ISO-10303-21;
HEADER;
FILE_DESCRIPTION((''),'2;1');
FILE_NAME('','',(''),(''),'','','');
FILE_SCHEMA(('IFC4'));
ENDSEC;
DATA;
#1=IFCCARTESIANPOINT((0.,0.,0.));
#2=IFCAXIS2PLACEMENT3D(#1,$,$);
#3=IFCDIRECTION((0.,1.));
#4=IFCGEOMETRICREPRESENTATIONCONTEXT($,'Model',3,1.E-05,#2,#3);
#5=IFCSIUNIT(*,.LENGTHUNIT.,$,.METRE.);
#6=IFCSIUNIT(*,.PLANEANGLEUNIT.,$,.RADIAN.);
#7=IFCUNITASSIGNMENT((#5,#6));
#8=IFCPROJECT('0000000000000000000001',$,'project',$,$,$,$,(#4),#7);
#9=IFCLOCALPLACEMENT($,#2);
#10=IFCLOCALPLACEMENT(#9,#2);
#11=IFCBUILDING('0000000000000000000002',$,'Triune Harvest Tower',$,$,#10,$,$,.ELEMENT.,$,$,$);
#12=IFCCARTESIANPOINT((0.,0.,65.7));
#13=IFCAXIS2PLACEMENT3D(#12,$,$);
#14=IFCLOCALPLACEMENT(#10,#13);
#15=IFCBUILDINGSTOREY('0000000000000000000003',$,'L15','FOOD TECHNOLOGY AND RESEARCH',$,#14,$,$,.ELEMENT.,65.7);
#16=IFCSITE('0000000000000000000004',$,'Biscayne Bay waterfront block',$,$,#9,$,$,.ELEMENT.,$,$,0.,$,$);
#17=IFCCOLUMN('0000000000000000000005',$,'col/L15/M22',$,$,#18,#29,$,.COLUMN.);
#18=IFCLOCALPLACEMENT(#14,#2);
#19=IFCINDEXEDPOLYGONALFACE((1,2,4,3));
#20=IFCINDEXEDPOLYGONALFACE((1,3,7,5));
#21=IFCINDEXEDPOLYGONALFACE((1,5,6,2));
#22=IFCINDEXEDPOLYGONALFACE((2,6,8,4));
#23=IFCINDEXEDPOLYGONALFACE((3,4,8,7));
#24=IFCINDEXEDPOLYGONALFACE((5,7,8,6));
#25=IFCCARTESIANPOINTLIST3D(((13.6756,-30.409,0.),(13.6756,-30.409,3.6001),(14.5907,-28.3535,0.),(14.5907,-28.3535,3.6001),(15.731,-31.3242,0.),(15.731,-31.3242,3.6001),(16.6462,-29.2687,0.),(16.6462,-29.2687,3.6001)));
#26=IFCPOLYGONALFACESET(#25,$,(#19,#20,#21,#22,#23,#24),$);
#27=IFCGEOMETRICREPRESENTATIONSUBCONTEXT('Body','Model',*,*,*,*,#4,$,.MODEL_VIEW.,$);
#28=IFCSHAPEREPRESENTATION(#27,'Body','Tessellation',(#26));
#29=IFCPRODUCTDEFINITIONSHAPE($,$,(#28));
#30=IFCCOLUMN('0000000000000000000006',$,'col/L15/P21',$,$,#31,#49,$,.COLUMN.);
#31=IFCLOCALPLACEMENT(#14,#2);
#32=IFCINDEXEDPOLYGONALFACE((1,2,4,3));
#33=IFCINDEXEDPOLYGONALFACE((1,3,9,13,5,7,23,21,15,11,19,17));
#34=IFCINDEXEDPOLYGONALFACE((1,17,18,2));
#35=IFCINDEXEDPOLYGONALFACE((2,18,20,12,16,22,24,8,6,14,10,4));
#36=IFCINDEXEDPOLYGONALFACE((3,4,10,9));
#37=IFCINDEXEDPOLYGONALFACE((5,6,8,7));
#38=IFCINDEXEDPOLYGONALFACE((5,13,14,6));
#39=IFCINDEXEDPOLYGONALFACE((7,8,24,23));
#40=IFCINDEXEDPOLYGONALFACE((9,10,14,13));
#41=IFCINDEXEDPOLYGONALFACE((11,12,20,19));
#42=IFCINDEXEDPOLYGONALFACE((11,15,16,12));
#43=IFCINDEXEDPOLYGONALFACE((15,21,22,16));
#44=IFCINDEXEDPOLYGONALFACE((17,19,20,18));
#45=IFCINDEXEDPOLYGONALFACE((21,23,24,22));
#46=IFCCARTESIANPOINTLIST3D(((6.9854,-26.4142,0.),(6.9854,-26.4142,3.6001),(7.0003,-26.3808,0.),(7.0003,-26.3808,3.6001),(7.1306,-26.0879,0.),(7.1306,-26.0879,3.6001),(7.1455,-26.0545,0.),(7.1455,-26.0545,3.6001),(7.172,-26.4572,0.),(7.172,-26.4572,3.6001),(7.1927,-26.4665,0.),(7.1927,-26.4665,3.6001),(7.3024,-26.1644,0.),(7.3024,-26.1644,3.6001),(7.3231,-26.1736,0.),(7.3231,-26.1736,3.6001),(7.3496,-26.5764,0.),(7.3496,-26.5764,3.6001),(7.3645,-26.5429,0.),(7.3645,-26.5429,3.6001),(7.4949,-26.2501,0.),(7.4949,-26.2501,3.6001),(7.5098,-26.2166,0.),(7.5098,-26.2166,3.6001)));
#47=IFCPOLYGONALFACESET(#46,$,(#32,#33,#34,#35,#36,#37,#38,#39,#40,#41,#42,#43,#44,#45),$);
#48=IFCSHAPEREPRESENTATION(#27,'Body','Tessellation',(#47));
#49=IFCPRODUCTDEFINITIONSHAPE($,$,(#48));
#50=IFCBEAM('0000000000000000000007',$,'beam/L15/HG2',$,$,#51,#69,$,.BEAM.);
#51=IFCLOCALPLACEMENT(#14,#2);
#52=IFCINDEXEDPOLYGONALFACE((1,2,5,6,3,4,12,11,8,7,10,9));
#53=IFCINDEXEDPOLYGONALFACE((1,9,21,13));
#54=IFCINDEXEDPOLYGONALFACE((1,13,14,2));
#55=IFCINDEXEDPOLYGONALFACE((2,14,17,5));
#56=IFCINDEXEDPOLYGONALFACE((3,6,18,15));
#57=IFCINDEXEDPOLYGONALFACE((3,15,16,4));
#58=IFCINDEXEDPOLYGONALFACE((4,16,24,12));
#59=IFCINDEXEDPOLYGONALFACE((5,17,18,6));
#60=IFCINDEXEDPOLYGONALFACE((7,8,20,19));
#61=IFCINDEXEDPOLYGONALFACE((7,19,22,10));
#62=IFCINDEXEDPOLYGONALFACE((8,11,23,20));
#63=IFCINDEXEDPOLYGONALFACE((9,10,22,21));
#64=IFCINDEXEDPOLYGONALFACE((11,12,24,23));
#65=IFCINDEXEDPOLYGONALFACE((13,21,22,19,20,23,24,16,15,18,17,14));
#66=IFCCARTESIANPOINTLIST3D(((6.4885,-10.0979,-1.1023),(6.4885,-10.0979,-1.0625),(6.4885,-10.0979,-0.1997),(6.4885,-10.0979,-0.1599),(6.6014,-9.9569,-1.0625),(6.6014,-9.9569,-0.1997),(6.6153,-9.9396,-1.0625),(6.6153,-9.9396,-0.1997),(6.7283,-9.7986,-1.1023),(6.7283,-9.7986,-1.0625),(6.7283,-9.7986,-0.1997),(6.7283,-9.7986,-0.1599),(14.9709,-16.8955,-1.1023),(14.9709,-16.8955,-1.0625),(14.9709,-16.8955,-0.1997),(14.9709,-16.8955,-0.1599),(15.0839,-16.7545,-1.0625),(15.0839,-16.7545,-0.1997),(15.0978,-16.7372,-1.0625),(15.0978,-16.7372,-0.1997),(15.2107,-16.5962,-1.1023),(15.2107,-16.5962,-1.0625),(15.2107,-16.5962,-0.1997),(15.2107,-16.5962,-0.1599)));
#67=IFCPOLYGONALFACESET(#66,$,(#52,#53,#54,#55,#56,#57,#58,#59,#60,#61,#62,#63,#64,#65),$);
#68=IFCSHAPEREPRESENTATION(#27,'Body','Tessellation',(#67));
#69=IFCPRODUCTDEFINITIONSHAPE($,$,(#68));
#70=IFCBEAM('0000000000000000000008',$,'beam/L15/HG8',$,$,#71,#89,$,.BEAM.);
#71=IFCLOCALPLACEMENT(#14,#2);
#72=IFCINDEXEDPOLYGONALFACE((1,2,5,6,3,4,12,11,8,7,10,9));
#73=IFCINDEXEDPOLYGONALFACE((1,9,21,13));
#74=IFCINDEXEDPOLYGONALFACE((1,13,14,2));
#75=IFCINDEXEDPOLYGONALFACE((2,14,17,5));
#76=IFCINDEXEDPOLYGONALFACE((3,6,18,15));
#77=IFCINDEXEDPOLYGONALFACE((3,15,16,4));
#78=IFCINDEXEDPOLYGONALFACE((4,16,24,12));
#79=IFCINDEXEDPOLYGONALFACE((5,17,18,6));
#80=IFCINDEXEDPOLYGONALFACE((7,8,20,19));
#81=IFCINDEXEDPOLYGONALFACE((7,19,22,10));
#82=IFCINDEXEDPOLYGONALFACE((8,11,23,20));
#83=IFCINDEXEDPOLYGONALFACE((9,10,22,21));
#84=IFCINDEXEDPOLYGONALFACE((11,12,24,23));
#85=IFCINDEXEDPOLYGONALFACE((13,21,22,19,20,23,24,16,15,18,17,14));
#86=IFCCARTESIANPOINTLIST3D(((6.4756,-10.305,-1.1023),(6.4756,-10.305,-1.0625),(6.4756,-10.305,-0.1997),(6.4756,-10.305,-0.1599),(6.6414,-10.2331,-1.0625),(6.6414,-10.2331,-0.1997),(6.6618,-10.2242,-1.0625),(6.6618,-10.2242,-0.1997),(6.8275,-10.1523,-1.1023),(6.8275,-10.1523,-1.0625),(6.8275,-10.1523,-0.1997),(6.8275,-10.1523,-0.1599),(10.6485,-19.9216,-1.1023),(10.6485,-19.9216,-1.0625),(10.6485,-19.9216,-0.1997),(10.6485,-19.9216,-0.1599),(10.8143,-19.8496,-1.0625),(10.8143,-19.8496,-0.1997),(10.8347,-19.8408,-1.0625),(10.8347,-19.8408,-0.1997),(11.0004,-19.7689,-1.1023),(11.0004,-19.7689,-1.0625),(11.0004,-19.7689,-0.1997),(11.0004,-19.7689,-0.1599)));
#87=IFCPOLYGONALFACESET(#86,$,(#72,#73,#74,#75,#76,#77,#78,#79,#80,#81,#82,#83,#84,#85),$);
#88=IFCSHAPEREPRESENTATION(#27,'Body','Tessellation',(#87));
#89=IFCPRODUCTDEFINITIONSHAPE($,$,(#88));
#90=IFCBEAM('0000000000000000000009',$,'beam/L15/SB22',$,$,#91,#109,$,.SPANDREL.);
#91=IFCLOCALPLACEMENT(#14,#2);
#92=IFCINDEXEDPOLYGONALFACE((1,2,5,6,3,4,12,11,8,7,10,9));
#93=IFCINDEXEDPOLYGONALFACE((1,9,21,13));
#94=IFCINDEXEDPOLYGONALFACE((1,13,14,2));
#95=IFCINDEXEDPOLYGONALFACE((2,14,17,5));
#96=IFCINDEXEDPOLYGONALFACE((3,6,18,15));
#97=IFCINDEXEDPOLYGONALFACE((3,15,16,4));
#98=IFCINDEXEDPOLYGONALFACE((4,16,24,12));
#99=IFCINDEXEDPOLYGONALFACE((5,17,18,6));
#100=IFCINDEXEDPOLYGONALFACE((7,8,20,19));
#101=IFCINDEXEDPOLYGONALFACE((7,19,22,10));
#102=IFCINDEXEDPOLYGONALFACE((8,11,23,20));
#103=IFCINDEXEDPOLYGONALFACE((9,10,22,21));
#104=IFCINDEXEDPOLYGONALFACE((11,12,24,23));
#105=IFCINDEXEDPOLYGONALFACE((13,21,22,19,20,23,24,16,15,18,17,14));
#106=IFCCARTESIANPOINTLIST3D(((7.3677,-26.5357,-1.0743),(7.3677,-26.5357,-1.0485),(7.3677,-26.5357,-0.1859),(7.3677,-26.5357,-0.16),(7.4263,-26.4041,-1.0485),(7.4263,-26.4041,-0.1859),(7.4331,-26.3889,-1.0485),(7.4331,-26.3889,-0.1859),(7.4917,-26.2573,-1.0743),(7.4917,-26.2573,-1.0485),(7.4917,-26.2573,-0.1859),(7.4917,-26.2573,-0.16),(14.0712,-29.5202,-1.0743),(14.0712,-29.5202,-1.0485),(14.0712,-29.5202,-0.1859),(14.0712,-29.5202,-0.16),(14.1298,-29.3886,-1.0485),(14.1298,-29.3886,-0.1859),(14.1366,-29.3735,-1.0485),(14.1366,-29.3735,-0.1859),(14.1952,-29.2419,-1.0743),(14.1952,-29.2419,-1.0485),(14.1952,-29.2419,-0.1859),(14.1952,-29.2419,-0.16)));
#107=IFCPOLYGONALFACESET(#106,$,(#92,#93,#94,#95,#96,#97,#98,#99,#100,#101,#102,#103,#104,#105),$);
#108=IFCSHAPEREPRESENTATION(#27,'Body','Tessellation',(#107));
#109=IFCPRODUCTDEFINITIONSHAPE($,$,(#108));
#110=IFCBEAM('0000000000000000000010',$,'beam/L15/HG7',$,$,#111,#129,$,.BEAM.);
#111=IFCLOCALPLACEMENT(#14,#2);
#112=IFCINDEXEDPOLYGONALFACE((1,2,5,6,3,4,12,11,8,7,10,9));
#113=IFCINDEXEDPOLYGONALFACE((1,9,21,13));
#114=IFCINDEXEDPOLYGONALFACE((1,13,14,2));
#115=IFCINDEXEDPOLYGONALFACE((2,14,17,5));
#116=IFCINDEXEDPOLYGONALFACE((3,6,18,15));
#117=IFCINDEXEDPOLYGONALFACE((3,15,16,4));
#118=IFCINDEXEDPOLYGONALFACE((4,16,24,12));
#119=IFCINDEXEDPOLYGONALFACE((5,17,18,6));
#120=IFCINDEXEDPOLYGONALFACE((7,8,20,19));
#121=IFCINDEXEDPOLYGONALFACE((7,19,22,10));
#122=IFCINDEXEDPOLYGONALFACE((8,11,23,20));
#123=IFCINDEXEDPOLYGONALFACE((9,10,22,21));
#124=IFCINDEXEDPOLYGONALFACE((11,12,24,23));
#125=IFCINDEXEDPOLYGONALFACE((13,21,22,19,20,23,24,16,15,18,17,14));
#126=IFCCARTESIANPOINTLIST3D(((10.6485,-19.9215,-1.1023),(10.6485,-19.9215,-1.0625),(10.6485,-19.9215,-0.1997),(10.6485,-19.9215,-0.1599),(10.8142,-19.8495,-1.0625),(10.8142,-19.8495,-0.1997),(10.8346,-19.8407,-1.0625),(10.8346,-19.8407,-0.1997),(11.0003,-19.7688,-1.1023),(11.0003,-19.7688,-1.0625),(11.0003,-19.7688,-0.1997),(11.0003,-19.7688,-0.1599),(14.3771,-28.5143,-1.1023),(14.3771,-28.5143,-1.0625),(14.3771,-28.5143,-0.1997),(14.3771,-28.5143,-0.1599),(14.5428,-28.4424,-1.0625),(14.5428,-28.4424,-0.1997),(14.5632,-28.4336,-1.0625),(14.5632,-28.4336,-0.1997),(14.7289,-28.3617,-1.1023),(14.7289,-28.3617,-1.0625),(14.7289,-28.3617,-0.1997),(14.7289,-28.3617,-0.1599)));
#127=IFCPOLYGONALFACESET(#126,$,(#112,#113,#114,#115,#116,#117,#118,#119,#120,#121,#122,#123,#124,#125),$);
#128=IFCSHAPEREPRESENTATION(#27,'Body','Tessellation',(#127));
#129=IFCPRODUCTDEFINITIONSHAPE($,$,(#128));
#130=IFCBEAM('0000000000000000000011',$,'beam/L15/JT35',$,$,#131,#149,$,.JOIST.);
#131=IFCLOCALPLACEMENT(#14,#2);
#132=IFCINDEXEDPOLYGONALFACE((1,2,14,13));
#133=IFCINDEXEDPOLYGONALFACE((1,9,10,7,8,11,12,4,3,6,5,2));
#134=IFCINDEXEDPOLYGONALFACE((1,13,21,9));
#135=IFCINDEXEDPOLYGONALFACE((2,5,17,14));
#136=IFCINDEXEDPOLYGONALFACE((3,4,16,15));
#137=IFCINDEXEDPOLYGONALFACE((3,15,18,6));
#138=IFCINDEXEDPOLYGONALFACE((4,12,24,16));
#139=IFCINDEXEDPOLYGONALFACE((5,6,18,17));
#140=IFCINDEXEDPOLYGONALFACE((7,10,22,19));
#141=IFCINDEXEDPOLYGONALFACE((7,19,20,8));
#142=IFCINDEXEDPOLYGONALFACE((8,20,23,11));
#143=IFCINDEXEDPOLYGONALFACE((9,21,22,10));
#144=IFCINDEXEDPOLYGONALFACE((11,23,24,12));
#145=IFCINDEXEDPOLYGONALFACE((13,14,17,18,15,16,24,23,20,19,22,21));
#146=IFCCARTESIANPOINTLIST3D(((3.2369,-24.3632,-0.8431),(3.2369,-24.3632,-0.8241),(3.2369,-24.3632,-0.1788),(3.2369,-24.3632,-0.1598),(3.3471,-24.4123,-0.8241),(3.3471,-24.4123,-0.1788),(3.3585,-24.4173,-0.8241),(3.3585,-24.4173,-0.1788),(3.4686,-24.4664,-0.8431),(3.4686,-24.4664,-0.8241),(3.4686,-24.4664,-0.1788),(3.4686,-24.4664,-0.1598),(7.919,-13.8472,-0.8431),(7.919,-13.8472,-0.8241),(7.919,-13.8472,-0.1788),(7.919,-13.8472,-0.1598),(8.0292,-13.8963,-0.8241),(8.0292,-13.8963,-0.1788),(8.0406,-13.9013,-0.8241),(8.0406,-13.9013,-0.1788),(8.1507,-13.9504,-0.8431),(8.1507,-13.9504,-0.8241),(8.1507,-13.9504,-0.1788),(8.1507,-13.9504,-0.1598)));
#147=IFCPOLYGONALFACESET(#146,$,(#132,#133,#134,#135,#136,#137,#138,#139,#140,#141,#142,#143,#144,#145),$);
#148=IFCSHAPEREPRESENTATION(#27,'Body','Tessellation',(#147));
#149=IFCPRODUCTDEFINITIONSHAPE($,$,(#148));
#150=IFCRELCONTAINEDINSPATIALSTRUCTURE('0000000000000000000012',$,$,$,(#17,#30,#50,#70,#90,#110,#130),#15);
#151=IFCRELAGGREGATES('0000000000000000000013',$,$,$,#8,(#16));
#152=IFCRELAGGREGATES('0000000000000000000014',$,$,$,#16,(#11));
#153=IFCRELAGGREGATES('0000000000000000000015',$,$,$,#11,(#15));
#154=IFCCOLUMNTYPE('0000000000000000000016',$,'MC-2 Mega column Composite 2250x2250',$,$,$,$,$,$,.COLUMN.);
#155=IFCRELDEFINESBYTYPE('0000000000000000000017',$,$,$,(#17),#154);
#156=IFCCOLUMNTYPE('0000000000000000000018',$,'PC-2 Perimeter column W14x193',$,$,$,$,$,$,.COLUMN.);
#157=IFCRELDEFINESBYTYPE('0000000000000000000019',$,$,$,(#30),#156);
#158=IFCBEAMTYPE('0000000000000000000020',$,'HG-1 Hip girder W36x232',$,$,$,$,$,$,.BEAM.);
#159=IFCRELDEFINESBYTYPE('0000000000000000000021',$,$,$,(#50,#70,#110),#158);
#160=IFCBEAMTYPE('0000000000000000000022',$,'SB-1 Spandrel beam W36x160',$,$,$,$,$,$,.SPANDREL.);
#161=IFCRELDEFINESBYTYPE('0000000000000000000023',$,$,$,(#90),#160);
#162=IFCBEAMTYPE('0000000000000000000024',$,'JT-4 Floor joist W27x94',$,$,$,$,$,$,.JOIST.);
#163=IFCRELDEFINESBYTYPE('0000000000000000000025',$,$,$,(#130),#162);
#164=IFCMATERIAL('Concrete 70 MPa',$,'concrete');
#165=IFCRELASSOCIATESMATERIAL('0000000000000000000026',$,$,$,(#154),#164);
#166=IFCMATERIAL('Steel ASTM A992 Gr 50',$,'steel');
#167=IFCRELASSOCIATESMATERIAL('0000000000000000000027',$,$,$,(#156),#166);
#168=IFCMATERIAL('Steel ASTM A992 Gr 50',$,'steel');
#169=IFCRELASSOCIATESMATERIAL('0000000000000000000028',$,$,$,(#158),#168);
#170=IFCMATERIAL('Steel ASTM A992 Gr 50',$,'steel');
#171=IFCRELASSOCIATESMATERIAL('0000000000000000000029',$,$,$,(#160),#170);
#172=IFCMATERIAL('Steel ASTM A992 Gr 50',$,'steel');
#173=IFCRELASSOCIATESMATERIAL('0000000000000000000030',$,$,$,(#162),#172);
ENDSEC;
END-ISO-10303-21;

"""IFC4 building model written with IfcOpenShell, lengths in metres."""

from ifc_helpers import new_model, si_unit, direction, frame, origin, origin_2d, place, context, subcontext, project, spatial, rectangle, i_section, extrude, source, transform, mapped, material, material_profile, profile_set, type_object, element, save


model = new_model("IFC4")

# Units and contexts
model_context = context("Model", 3, precision=1e-05, world=origin(), true_north=direction((0.0, 1.0)))
body_context = subcontext(model_context, "Body", "Model", "MODEL_VIEW")
ifc_project = project(units=[si_unit("LENGTHUNIT", "METRE"), si_unit("PLANEANGLEUNIT", "RADIAN")], contexts=[model_context])

# Site, building, storey
site_placement = place(None, origin())
site = spatial("IfcSite", under=ifc_project, at=site_placement, Name="Biscayne Bay waterfront block", CompositionType="ELEMENT", RefElevation=0.0)
building_placement = place(site_placement, origin())
building = spatial("IfcBuilding", under=site, at=building_placement, Name="Triune Harvest Tower", CompositionType="ELEMENT")
storey_placement = place(building_placement, frame((0.0, 0.0, 65.7)))
storey = spatial("IfcBuildingStorey", under=building, at=storey_placement, Name="L15", Description="FOOD TECHNOLOGY AND RESEARCH", CompositionType="ELEMENT", Elevation=65.7)

# Columns
ifc_material_1 = material(Name="Concrete 70 MPa", Category="concrete")
ifc_material_profile_1 = material_profile(ifc_material_1, rectangle(XDim=2.25, YDim=2.25, at=origin_2d()), Name="Composite 2250x2250")
ifc_profile_set_1 = profile_set([ifc_material_profile_1], Name="Concrete 70 MPa")
column_type_1 = type_object("IfcColumnType", Name="MC-2 Mega column Composite 2250x2250", PredefinedType="COLUMN", material=ifc_profile_set_1)
shared_shape_1 = source(origin(), body_context, "Body", "SweptSolid", [
    extrude(rectangle(XDim=2.25, YDim=2.25, at=origin_2d()), origin(), (0.0, 0.0, 1.0), 3.6001),
])
column_1_placement = place(storey_placement, frame((15.1609, -29.8389, 0.0), z_axis=(0.0, 0.0, 1.0), x_axis=(0.913545, -0.406737, 0.0)))
element("IfcColumn", 1, at=column_1_placement, inside=storey, type_object=column_type_1, Name="col/L15/M22", PredefinedType="COLUMN", context=body_context, shape_type="MappedRepresentation", body=[
    mapped(shared_shape_1, transform((0.0, 0.0, 0.0), scale=1.0)),
])
ifc_material_2 = material(Name="Steel ASTM A992 Gr 50", Category="steel")
ifc_material_profile_2 = material_profile(ifc_material_2, i_section(OverallWidth=0.3987, OverallDepth=0.3938, WebThickness=0.0227, FlangeThickness=0.0366, at=origin_2d()), Name="W14x193")
ifc_profile_set_2 = profile_set([ifc_material_profile_2], Name="Steel ASTM A992 Gr 50")
column_type_2 = type_object("IfcColumnType", Name="PC-2 Perimeter column W14x193", PredefinedType="COLUMN", material=ifc_profile_set_2)
shared_shape_2 = source(origin(), body_context, "Body", "SweptSolid", [
    extrude(i_section(OverallWidth=0.3987, OverallDepth=0.3938, WebThickness=0.0227, FlangeThickness=0.0366, at=origin_2d()), origin(), (0.0, 0.0, 1.0), 3.6001),
])
column_2_placement = place(storey_placement, frame((7.2476, -26.3154, 0.0), z_axis=(0.0, 0.0, 1.0), x_axis=(0.913545, -0.406737, 0.0)))
element("IfcColumn", 2, at=column_2_placement, inside=storey, type_object=column_type_2, Name="col/L15/P21", PredefinedType="COLUMN", context=body_context, shape_type="MappedRepresentation", body=[
    mapped(shared_shape_2, transform((0.0, 0.0, 0.0), scale=1.0)),
])

# Beams
ifc_material_3 = material(Name="Steel ASTM A992 Gr 50", Category="steel")
ifc_material_profile_3 = material_profile(ifc_material_3, i_section(OverallWidth=0.3835, OverallDepth=0.9424, WebThickness=0.0222, FlangeThickness=0.0398, at=origin_2d()), Name="W36x232")
ifc_profile_set_3 = profile_set([ifc_material_profile_3], Name="Steel ASTM A992 Gr 50")
beam_type_1 = type_object("IfcBeamType", Name="HG-1 Hip girder W36x232", PredefinedType="BEAM", material=ifc_profile_set_3)
shared_shape_3 = source(origin(), body_context, "Body", "SweptSolid", [
    extrude(i_section(OverallWidth=0.3835, OverallDepth=0.9424, WebThickness=0.0222, FlangeThickness=0.0398, at=origin_2d()), origin(), (0.0, 0.0, 1.0), 10.8701),
])
beam_1_placement = place(storey_placement, frame((15.0908, -16.7458, -0.6311), z_axis=(-0.780345, 0.625349, 0.0), x_axis=(-0.625349, -0.780345, 0.0)))
element("IfcBeam", 3, at=beam_1_placement, inside=storey, type_object=beam_type_1, Name="beam/L15/HG2", PredefinedType="BEAM", context=body_context, shape_type="MappedRepresentation", body=[
    mapped(shared_shape_3, transform((0.0, 0.0, 0.0), scale=1.0)),
])
shared_shape_4 = source(origin(), body_context, "Body", "SweptSolid", [
    extrude(i_section(OverallWidth=0.3835, OverallDepth=0.9424, WebThickness=0.0222, FlangeThickness=0.0398, at=origin_2d()), origin(), (0.0, 0.0, 1.0), 10.4829),
])
beam_2_placement = place(storey_placement, frame((10.8245, -19.8452, -0.6311), z_axis=(-0.398067, 0.917356, 0.0), x_axis=(-0.917356, -0.398067, 0.0)))
element("IfcBeam", 4, at=beam_2_placement, inside=storey, type_object=beam_type_1, Name="beam/L15/HG8", PredefinedType="BEAM", context=body_context, shape_type="MappedRepresentation", body=[
    mapped(shared_shape_4, transform((0.0, 0.0, 0.0), scale=1.0)),
])
ifc_material_4 = material(Name="Steel ASTM A992 Gr 50", Category="steel")
ifc_material_profile_4 = material_profile(ifc_material_4, i_section(OverallWidth=0.3047, OverallDepth=0.9143, WebThickness=0.0166, FlangeThickness=0.0259, at=origin_2d()), Name="W36x160")
ifc_profile_set_4 = profile_set([ifc_material_profile_4], Name="Steel ASTM A992 Gr 50")
beam_type_2 = type_object("IfcBeamType", Name="SB-1 Spandrel beam W36x160", PredefinedType="SPANDREL", material=ifc_profile_set_4)
shared_shape_5 = source(origin(), body_context, "Body", "SweptSolid", [
    extrude(i_section(OverallWidth=0.3047, OverallDepth=0.9143, WebThickness=0.0166, FlangeThickness=0.0259, at=origin_2d()), origin(), (0.0, 0.0, 1.0), 7.3379),
])
beam_3_placement = place(storey_placement, frame((7.4297, -26.3965, -0.6172), z_axis=(0.913547, -0.406734, 0.0), x_axis=(0.406734, 0.913547, 0.0)))
element("IfcBeam", 5, at=beam_3_placement, inside=storey, type_object=beam_type_2, Name="beam/L15/SB22", PredefinedType="SPANDREL", context=body_context, shape_type="MappedRepresentation", body=[
    mapped(shared_shape_5, transform((0.0, 0.0, 0.0), scale=1.0)),
])
shared_shape_6 = source(origin(), body_context, "Body", "SweptSolid", [
    extrude(i_section(OverallWidth=0.3835, OverallDepth=0.9424, WebThickness=0.0222, FlangeThickness=0.0398, at=origin_2d()), origin(), (0.0, 0.0, 1.0), 9.3669),
])
beam_4_placement = place(storey_placement, frame((14.553, -28.438, -0.6311), z_axis=(-0.398055, 0.917362, 0.0), x_axis=(-0.917362, -0.398055, 0.0)))
element("IfcBeam", 6, at=beam_4_placement, inside=storey, type_object=beam_type_1, Name="beam/L15/HG7", PredefinedType="BEAM", context=body_context, shape_type="MappedRepresentation", body=[
    mapped(shared_shape_6, transform((0.0, 0.0, 0.0), scale=1.0)),
])
ifc_material_5 = material(Name="Steel ASTM A992 Gr 50", Category="steel")
ifc_material_profile_5 = material_profile(ifc_material_5, i_section(OverallWidth=0.2537, OverallDepth=0.6833, WebThickness=0.0125, FlangeThickness=0.019, at=origin_2d()), Name="W27x94")
ifc_profile_set_5 = profile_set([ifc_material_profile_5], Name="Steel ASTM A992 Gr 50")
beam_type_3 = type_object("IfcBeamType", Name="JT-4 Floor joist W27x94", PredefinedType="JOIST", material=ifc_profile_set_5)
shared_shape_7 = source(origin(), body_context, "Body", "SweptSolid", [
    extrude(i_section(OverallWidth=0.2537, OverallDepth=0.6833, WebThickness=0.0125, FlangeThickness=0.019, at=origin_2d()), origin(), (0.0, 0.0, 1.0), 11.5112),
])
beam_5_placement = place(storey_placement, frame((3.3528, -24.4148, -0.5015), z_axis=(0.406741, 0.913544, 0.0), x_axis=(-0.913544, 0.406741, 0.0)))
element("IfcBeam", 7, at=beam_5_placement, inside=storey, type_object=beam_type_3, Name="beam/L15/JT35", PredefinedType="JOIST", context=body_context, shape_type="MappedRepresentation", body=[
    mapped(shared_shape_7, transform((0.0, 0.0, 0.0), scale=1.0)),
])

save(model, "model.ifc")
